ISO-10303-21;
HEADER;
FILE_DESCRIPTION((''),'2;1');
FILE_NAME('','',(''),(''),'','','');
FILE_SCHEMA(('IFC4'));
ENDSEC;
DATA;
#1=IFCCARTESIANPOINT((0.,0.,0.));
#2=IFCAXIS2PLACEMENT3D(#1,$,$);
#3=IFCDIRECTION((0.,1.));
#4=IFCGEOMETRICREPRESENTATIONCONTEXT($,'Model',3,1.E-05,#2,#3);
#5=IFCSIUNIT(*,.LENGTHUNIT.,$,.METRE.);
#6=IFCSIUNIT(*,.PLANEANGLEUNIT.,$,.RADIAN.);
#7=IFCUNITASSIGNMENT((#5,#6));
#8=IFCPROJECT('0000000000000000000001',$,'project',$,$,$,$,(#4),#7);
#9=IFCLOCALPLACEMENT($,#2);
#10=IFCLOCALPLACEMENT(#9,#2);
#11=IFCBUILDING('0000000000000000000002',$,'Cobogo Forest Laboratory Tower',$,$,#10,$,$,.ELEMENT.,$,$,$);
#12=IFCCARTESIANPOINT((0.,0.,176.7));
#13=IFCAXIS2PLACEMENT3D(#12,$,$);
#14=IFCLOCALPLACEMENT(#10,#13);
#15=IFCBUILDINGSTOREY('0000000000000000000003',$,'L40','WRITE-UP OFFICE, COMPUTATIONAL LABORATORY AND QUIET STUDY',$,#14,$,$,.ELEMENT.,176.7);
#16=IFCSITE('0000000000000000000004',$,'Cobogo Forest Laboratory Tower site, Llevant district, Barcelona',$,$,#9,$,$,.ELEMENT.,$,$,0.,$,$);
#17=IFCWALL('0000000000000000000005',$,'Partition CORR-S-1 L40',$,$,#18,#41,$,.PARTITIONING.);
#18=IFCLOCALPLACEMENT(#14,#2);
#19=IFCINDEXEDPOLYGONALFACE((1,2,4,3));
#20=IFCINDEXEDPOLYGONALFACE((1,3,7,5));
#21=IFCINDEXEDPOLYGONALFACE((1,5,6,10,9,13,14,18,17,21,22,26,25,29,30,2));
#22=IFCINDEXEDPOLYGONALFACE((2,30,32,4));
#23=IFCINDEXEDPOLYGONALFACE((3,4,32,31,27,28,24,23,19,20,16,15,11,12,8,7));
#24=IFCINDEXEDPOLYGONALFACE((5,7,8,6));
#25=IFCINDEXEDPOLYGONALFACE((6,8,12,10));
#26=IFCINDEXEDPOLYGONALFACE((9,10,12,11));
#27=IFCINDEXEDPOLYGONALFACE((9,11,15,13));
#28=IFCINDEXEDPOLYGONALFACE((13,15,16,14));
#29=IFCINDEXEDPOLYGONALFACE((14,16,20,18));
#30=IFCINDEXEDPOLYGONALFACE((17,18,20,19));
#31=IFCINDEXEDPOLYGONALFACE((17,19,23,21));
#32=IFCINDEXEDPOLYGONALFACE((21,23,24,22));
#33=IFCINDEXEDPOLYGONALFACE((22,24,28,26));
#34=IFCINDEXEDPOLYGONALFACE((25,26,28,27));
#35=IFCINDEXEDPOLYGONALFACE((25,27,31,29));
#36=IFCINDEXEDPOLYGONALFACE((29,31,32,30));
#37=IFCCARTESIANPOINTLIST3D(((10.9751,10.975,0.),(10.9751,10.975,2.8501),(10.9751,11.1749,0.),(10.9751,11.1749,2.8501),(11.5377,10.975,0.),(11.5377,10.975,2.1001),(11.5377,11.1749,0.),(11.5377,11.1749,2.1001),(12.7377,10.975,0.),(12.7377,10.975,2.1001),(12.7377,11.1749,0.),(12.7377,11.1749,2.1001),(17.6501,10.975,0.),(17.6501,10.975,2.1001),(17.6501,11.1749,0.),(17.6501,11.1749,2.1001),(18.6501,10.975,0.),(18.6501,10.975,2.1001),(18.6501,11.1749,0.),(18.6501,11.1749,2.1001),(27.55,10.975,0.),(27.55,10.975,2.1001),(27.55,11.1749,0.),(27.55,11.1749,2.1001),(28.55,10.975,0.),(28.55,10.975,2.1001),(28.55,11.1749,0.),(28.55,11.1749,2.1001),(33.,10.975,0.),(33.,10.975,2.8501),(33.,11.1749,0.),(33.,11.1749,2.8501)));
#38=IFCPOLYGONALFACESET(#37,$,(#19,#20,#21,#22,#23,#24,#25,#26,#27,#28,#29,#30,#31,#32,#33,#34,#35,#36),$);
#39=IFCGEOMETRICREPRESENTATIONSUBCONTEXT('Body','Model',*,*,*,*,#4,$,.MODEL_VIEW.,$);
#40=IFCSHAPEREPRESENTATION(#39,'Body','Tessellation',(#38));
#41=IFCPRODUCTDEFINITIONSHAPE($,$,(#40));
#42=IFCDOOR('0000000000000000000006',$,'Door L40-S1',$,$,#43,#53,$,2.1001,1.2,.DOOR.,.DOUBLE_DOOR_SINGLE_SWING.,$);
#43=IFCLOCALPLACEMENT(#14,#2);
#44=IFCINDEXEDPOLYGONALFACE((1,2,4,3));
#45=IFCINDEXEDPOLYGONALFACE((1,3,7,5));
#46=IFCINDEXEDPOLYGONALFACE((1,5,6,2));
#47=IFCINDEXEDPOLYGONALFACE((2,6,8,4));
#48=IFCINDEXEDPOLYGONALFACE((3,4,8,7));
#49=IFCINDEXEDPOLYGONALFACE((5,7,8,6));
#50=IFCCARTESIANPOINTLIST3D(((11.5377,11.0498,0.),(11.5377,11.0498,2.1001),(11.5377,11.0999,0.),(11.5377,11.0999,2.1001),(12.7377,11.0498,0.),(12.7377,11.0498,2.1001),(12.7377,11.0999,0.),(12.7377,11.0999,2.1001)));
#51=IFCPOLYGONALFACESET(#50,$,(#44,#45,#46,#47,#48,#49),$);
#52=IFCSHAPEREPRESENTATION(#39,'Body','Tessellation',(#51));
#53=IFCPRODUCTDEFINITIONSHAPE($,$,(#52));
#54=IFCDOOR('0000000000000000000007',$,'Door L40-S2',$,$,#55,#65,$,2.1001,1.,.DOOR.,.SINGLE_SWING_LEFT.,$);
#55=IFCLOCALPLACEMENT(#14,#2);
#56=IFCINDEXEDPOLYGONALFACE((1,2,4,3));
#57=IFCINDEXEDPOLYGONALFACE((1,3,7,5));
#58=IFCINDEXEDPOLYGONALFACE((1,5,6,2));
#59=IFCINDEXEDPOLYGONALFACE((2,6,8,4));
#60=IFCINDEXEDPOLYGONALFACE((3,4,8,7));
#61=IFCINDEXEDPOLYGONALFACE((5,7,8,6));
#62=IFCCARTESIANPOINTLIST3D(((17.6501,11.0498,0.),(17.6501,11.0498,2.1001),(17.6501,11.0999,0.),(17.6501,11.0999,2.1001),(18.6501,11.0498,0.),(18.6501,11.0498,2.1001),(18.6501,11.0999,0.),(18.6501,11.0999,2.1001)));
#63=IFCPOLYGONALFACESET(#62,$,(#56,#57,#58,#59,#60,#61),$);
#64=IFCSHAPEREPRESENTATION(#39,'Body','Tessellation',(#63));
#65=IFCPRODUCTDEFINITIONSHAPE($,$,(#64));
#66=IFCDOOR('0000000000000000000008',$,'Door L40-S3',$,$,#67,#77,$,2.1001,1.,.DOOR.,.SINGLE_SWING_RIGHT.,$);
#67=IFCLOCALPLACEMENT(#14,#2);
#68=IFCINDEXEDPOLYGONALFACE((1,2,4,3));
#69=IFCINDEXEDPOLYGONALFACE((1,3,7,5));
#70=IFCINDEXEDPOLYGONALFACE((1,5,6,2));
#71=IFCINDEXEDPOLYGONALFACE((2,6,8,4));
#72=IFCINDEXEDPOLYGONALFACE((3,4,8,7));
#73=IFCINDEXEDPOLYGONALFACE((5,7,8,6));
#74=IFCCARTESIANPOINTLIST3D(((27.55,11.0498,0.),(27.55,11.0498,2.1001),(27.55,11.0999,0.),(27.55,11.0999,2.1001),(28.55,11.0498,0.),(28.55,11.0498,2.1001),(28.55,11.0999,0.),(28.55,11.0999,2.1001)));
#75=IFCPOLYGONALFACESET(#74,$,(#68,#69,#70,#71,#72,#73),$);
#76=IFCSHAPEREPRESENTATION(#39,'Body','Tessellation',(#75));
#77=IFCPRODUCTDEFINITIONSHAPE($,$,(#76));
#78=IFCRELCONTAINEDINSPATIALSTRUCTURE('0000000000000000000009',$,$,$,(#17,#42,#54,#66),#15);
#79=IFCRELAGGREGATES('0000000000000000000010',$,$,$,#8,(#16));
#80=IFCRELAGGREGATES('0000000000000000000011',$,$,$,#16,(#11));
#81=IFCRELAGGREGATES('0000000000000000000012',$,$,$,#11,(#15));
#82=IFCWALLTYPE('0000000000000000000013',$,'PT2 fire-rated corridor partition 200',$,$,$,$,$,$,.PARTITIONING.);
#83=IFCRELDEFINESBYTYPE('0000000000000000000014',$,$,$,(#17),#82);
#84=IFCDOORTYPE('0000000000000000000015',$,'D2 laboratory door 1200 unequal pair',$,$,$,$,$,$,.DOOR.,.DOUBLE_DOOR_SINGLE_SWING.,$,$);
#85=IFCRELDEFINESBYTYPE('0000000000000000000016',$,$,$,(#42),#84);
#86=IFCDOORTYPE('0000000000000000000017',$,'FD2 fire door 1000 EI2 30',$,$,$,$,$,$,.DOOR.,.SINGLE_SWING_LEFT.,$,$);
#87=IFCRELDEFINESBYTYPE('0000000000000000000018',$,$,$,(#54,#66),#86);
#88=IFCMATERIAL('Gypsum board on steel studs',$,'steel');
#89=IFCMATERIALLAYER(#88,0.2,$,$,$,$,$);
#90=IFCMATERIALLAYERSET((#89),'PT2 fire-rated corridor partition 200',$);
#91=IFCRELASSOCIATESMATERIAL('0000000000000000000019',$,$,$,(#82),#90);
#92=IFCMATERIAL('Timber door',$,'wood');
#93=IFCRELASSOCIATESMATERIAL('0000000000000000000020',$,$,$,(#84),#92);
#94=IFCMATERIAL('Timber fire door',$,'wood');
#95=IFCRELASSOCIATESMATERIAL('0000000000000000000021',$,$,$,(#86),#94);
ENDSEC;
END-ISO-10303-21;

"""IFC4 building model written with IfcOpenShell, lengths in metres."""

from ifc_helpers import new_model, si_unit, direction, frame, frame_2d, origin, place, context, subcontext, project, spatial, rectangle, extrude, material, layer, layer_set, type_object, element, fill, save


model = new_model("IFC4")

# Units and contexts
model_context = context("Model", 3, precision=1e-05, world=origin(), true_north=direction((0.0, 1.0)))
body_context = subcontext(model_context, "Body", "Model", "MODEL_VIEW")
ifc_project = project(units=[si_unit("LENGTHUNIT", "METRE"), si_unit("PLANEANGLEUNIT", "RADIAN")], contexts=[model_context])

# Site, building, storey
site_placement = place(None, origin())
site = spatial("IfcSite", under=ifc_project, at=site_placement, Name="Cobogo Forest Laboratory Tower site, Llevant district, Barcelona", CompositionType="ELEMENT", RefElevation=0.0)
building_placement = place(site_placement, origin())
building = spatial("IfcBuilding", under=site, at=building_placement, Name="Cobogo Forest Laboratory Tower", CompositionType="ELEMENT")
storey_placement = place(building_placement, frame((0.0, 0.0, 176.7)))
storey = spatial("IfcBuildingStorey", under=building, at=storey_placement, Name="L40", Description="WRITE-UP OFFICE, COMPUTATIONAL LABORATORY AND QUIET STUDY", CompositionType="ELEMENT", Elevation=176.7)

# Shared definitions
ifc_material_1 = material(Name="Gypsum board on steel studs", Category="steel")

# Wall, openings, doors
ifc_layer_1 = layer(ifc_material_1, 0.2)
ifc_layer_set_1 = layer_set([ifc_layer_1], Name="PT2 fire-rated corridor partition 200")
wall_type_1 = type_object("IfcWallType", Name="PT2 fire-rated corridor partition 200", PredefinedType="PARTITIONING", material=ifc_layer_set_1)
wall_1_placement = place(storey_placement, frame((10.9751, 11.075, 0.0), z_axis=(0.0, 0.0, 1.0), x_axis=(1.0, 0.0, 0.0)))
wall_1 = element("IfcWall", 1, at=wall_1_placement, inside=storey, type_object=wall_type_1, Name="Partition CORR-S-1 L40", PredefinedType="PARTITIONING", context=body_context, shape_type="SweptSolid", body=[
    extrude(rectangle(XDim=22.0249, YDim=0.2, at=frame_2d((11.0125, 0.0))), origin(), (0.0, 0.0, 1.0), 2.8501),
])
opening_1_placement = place(wall_1_placement, frame((0.5625, 0.0, 0.0)))
opening_1 = element("IfcOpeningElement", 2, at=opening_1_placement, cuts=wall_1, PredefinedType="OPENING", context=body_context, shape_type="SweptSolid", body=[
    extrude(rectangle(XDim=1.2, YDim=2.1001, at=frame_2d((0.6001, 1.05))), frame((0.0, 0.1099, 0.0), z_axis=(0.0, -1.0, 0.0), x_axis=(1.0, 0.0, 0.0)), (0.0, 0.0, 1.0), 0.22),
])
opening_2_placement = place(wall_1_placement, frame((6.675, 0.0, 0.0)))
opening_2 = element("IfcOpeningElement", 3, at=opening_2_placement, cuts=wall_1, PredefinedType="OPENING", context=body_context, shape_type="SweptSolid", body=[
    extrude(rectangle(XDim=1.0, YDim=2.1001, at=frame_2d((0.5, 1.05))), frame((0.0, 0.1099, 0.0), z_axis=(0.0, -1.0, 0.0), x_axis=(1.0, 0.0, 0.0)), (0.0, 0.0, 1.0), 0.22),
])
opening_3_placement = place(wall_1_placement, frame((16.575, 0.0, 0.0)))
opening_3 = element("IfcOpeningElement", 4, at=opening_3_placement, cuts=wall_1, PredefinedType="OPENING", context=body_context, shape_type="SweptSolid", body=[
    extrude(rectangle(XDim=1.0, YDim=2.1001, at=frame_2d((0.5, 1.05))), frame((0.0, 0.1099, 0.0), z_axis=(0.0, -1.0, 0.0), x_axis=(1.0, 0.0, 0.0)), (0.0, 0.0, 1.0), 0.22),
])
ifc_material_2 = material(Name="Timber door", Category="wood")
door_type_1 = type_object("IfcDoorType", Name="D2 laboratory door 1200 unequal pair", OperationType="DOUBLE_DOOR_SINGLE_SWING", PredefinedType="DOOR", material=ifc_material_2)
door_1_placement = place(opening_1_placement, origin())
door_1 = element("IfcDoor", 5, at=door_1_placement, inside=storey, type_object=door_type_1, Name="Door L40-S1", OperationType="DOUBLE_DOOR_SINGLE_SWING", OverallHeight=2.1001, OverallWidth=1.2, PredefinedType="DOOR", context=body_context, shape_type="SweptSolid", body=[
    extrude(rectangle(XDim=1.2, YDim=2.1001, at=frame_2d((0.6001, 1.05))), frame((0.0, 0.0249, 0.0), z_axis=(0.0, -1.0, 0.0), x_axis=(1.0, 0.0, 0.0)), (0.0, 0.0, 1.0), 0.05),
])
fill(opening_1, door_1)
ifc_material_3 = material(Name="Timber fire door", Category="wood")
door_type_2 = type_object("IfcDoorType", Name="FD2 fire door 1000 EI2 30", OperationType="SINGLE_SWING_LEFT", PredefinedType="DOOR", material=ifc_material_3)
door_2_placement = place(opening_2_placement, origin())
door_2 = element("IfcDoor", 6, at=door_2_placement, inside=storey, type_object=door_type_2, Name="Door L40-S2", OperationType="SINGLE_SWING_LEFT", OverallHeight=2.1001, OverallWidth=1.0, PredefinedType="DOOR", context=body_context, shape_type="SweptSolid", body=[
    extrude(rectangle(XDim=1.0, YDim=2.1001, at=frame_2d((0.5, 1.05))), frame((0.0, 0.0249, 0.0), z_axis=(0.0, -1.0, 0.0), x_axis=(1.0, 0.0, 0.0)), (0.0, 0.0, 1.0), 0.05),
])
fill(opening_2, door_2)
door_3_placement = place(opening_3_placement, origin())
door_3 = element("IfcDoor", 7, at=door_3_placement, inside=storey, type_object=door_type_2, Name="Door L40-S3", OperationType="SINGLE_SWING_RIGHT", OverallHeight=2.1001, OverallWidth=1.0, PredefinedType="DOOR", context=body_context, shape_type="SweptSolid", body=[
    extrude(rectangle(XDim=1.0, YDim=2.1001, at=frame_2d((0.5, 1.05))), frame((0.0, 0.0249, 0.0), z_axis=(0.0, -1.0, 0.0), x_axis=(1.0, 0.0, 0.0)), (0.0, 0.0, 1.0), 0.05),
])
fill(opening_3, door_3)

save(model, "model.ifc")
